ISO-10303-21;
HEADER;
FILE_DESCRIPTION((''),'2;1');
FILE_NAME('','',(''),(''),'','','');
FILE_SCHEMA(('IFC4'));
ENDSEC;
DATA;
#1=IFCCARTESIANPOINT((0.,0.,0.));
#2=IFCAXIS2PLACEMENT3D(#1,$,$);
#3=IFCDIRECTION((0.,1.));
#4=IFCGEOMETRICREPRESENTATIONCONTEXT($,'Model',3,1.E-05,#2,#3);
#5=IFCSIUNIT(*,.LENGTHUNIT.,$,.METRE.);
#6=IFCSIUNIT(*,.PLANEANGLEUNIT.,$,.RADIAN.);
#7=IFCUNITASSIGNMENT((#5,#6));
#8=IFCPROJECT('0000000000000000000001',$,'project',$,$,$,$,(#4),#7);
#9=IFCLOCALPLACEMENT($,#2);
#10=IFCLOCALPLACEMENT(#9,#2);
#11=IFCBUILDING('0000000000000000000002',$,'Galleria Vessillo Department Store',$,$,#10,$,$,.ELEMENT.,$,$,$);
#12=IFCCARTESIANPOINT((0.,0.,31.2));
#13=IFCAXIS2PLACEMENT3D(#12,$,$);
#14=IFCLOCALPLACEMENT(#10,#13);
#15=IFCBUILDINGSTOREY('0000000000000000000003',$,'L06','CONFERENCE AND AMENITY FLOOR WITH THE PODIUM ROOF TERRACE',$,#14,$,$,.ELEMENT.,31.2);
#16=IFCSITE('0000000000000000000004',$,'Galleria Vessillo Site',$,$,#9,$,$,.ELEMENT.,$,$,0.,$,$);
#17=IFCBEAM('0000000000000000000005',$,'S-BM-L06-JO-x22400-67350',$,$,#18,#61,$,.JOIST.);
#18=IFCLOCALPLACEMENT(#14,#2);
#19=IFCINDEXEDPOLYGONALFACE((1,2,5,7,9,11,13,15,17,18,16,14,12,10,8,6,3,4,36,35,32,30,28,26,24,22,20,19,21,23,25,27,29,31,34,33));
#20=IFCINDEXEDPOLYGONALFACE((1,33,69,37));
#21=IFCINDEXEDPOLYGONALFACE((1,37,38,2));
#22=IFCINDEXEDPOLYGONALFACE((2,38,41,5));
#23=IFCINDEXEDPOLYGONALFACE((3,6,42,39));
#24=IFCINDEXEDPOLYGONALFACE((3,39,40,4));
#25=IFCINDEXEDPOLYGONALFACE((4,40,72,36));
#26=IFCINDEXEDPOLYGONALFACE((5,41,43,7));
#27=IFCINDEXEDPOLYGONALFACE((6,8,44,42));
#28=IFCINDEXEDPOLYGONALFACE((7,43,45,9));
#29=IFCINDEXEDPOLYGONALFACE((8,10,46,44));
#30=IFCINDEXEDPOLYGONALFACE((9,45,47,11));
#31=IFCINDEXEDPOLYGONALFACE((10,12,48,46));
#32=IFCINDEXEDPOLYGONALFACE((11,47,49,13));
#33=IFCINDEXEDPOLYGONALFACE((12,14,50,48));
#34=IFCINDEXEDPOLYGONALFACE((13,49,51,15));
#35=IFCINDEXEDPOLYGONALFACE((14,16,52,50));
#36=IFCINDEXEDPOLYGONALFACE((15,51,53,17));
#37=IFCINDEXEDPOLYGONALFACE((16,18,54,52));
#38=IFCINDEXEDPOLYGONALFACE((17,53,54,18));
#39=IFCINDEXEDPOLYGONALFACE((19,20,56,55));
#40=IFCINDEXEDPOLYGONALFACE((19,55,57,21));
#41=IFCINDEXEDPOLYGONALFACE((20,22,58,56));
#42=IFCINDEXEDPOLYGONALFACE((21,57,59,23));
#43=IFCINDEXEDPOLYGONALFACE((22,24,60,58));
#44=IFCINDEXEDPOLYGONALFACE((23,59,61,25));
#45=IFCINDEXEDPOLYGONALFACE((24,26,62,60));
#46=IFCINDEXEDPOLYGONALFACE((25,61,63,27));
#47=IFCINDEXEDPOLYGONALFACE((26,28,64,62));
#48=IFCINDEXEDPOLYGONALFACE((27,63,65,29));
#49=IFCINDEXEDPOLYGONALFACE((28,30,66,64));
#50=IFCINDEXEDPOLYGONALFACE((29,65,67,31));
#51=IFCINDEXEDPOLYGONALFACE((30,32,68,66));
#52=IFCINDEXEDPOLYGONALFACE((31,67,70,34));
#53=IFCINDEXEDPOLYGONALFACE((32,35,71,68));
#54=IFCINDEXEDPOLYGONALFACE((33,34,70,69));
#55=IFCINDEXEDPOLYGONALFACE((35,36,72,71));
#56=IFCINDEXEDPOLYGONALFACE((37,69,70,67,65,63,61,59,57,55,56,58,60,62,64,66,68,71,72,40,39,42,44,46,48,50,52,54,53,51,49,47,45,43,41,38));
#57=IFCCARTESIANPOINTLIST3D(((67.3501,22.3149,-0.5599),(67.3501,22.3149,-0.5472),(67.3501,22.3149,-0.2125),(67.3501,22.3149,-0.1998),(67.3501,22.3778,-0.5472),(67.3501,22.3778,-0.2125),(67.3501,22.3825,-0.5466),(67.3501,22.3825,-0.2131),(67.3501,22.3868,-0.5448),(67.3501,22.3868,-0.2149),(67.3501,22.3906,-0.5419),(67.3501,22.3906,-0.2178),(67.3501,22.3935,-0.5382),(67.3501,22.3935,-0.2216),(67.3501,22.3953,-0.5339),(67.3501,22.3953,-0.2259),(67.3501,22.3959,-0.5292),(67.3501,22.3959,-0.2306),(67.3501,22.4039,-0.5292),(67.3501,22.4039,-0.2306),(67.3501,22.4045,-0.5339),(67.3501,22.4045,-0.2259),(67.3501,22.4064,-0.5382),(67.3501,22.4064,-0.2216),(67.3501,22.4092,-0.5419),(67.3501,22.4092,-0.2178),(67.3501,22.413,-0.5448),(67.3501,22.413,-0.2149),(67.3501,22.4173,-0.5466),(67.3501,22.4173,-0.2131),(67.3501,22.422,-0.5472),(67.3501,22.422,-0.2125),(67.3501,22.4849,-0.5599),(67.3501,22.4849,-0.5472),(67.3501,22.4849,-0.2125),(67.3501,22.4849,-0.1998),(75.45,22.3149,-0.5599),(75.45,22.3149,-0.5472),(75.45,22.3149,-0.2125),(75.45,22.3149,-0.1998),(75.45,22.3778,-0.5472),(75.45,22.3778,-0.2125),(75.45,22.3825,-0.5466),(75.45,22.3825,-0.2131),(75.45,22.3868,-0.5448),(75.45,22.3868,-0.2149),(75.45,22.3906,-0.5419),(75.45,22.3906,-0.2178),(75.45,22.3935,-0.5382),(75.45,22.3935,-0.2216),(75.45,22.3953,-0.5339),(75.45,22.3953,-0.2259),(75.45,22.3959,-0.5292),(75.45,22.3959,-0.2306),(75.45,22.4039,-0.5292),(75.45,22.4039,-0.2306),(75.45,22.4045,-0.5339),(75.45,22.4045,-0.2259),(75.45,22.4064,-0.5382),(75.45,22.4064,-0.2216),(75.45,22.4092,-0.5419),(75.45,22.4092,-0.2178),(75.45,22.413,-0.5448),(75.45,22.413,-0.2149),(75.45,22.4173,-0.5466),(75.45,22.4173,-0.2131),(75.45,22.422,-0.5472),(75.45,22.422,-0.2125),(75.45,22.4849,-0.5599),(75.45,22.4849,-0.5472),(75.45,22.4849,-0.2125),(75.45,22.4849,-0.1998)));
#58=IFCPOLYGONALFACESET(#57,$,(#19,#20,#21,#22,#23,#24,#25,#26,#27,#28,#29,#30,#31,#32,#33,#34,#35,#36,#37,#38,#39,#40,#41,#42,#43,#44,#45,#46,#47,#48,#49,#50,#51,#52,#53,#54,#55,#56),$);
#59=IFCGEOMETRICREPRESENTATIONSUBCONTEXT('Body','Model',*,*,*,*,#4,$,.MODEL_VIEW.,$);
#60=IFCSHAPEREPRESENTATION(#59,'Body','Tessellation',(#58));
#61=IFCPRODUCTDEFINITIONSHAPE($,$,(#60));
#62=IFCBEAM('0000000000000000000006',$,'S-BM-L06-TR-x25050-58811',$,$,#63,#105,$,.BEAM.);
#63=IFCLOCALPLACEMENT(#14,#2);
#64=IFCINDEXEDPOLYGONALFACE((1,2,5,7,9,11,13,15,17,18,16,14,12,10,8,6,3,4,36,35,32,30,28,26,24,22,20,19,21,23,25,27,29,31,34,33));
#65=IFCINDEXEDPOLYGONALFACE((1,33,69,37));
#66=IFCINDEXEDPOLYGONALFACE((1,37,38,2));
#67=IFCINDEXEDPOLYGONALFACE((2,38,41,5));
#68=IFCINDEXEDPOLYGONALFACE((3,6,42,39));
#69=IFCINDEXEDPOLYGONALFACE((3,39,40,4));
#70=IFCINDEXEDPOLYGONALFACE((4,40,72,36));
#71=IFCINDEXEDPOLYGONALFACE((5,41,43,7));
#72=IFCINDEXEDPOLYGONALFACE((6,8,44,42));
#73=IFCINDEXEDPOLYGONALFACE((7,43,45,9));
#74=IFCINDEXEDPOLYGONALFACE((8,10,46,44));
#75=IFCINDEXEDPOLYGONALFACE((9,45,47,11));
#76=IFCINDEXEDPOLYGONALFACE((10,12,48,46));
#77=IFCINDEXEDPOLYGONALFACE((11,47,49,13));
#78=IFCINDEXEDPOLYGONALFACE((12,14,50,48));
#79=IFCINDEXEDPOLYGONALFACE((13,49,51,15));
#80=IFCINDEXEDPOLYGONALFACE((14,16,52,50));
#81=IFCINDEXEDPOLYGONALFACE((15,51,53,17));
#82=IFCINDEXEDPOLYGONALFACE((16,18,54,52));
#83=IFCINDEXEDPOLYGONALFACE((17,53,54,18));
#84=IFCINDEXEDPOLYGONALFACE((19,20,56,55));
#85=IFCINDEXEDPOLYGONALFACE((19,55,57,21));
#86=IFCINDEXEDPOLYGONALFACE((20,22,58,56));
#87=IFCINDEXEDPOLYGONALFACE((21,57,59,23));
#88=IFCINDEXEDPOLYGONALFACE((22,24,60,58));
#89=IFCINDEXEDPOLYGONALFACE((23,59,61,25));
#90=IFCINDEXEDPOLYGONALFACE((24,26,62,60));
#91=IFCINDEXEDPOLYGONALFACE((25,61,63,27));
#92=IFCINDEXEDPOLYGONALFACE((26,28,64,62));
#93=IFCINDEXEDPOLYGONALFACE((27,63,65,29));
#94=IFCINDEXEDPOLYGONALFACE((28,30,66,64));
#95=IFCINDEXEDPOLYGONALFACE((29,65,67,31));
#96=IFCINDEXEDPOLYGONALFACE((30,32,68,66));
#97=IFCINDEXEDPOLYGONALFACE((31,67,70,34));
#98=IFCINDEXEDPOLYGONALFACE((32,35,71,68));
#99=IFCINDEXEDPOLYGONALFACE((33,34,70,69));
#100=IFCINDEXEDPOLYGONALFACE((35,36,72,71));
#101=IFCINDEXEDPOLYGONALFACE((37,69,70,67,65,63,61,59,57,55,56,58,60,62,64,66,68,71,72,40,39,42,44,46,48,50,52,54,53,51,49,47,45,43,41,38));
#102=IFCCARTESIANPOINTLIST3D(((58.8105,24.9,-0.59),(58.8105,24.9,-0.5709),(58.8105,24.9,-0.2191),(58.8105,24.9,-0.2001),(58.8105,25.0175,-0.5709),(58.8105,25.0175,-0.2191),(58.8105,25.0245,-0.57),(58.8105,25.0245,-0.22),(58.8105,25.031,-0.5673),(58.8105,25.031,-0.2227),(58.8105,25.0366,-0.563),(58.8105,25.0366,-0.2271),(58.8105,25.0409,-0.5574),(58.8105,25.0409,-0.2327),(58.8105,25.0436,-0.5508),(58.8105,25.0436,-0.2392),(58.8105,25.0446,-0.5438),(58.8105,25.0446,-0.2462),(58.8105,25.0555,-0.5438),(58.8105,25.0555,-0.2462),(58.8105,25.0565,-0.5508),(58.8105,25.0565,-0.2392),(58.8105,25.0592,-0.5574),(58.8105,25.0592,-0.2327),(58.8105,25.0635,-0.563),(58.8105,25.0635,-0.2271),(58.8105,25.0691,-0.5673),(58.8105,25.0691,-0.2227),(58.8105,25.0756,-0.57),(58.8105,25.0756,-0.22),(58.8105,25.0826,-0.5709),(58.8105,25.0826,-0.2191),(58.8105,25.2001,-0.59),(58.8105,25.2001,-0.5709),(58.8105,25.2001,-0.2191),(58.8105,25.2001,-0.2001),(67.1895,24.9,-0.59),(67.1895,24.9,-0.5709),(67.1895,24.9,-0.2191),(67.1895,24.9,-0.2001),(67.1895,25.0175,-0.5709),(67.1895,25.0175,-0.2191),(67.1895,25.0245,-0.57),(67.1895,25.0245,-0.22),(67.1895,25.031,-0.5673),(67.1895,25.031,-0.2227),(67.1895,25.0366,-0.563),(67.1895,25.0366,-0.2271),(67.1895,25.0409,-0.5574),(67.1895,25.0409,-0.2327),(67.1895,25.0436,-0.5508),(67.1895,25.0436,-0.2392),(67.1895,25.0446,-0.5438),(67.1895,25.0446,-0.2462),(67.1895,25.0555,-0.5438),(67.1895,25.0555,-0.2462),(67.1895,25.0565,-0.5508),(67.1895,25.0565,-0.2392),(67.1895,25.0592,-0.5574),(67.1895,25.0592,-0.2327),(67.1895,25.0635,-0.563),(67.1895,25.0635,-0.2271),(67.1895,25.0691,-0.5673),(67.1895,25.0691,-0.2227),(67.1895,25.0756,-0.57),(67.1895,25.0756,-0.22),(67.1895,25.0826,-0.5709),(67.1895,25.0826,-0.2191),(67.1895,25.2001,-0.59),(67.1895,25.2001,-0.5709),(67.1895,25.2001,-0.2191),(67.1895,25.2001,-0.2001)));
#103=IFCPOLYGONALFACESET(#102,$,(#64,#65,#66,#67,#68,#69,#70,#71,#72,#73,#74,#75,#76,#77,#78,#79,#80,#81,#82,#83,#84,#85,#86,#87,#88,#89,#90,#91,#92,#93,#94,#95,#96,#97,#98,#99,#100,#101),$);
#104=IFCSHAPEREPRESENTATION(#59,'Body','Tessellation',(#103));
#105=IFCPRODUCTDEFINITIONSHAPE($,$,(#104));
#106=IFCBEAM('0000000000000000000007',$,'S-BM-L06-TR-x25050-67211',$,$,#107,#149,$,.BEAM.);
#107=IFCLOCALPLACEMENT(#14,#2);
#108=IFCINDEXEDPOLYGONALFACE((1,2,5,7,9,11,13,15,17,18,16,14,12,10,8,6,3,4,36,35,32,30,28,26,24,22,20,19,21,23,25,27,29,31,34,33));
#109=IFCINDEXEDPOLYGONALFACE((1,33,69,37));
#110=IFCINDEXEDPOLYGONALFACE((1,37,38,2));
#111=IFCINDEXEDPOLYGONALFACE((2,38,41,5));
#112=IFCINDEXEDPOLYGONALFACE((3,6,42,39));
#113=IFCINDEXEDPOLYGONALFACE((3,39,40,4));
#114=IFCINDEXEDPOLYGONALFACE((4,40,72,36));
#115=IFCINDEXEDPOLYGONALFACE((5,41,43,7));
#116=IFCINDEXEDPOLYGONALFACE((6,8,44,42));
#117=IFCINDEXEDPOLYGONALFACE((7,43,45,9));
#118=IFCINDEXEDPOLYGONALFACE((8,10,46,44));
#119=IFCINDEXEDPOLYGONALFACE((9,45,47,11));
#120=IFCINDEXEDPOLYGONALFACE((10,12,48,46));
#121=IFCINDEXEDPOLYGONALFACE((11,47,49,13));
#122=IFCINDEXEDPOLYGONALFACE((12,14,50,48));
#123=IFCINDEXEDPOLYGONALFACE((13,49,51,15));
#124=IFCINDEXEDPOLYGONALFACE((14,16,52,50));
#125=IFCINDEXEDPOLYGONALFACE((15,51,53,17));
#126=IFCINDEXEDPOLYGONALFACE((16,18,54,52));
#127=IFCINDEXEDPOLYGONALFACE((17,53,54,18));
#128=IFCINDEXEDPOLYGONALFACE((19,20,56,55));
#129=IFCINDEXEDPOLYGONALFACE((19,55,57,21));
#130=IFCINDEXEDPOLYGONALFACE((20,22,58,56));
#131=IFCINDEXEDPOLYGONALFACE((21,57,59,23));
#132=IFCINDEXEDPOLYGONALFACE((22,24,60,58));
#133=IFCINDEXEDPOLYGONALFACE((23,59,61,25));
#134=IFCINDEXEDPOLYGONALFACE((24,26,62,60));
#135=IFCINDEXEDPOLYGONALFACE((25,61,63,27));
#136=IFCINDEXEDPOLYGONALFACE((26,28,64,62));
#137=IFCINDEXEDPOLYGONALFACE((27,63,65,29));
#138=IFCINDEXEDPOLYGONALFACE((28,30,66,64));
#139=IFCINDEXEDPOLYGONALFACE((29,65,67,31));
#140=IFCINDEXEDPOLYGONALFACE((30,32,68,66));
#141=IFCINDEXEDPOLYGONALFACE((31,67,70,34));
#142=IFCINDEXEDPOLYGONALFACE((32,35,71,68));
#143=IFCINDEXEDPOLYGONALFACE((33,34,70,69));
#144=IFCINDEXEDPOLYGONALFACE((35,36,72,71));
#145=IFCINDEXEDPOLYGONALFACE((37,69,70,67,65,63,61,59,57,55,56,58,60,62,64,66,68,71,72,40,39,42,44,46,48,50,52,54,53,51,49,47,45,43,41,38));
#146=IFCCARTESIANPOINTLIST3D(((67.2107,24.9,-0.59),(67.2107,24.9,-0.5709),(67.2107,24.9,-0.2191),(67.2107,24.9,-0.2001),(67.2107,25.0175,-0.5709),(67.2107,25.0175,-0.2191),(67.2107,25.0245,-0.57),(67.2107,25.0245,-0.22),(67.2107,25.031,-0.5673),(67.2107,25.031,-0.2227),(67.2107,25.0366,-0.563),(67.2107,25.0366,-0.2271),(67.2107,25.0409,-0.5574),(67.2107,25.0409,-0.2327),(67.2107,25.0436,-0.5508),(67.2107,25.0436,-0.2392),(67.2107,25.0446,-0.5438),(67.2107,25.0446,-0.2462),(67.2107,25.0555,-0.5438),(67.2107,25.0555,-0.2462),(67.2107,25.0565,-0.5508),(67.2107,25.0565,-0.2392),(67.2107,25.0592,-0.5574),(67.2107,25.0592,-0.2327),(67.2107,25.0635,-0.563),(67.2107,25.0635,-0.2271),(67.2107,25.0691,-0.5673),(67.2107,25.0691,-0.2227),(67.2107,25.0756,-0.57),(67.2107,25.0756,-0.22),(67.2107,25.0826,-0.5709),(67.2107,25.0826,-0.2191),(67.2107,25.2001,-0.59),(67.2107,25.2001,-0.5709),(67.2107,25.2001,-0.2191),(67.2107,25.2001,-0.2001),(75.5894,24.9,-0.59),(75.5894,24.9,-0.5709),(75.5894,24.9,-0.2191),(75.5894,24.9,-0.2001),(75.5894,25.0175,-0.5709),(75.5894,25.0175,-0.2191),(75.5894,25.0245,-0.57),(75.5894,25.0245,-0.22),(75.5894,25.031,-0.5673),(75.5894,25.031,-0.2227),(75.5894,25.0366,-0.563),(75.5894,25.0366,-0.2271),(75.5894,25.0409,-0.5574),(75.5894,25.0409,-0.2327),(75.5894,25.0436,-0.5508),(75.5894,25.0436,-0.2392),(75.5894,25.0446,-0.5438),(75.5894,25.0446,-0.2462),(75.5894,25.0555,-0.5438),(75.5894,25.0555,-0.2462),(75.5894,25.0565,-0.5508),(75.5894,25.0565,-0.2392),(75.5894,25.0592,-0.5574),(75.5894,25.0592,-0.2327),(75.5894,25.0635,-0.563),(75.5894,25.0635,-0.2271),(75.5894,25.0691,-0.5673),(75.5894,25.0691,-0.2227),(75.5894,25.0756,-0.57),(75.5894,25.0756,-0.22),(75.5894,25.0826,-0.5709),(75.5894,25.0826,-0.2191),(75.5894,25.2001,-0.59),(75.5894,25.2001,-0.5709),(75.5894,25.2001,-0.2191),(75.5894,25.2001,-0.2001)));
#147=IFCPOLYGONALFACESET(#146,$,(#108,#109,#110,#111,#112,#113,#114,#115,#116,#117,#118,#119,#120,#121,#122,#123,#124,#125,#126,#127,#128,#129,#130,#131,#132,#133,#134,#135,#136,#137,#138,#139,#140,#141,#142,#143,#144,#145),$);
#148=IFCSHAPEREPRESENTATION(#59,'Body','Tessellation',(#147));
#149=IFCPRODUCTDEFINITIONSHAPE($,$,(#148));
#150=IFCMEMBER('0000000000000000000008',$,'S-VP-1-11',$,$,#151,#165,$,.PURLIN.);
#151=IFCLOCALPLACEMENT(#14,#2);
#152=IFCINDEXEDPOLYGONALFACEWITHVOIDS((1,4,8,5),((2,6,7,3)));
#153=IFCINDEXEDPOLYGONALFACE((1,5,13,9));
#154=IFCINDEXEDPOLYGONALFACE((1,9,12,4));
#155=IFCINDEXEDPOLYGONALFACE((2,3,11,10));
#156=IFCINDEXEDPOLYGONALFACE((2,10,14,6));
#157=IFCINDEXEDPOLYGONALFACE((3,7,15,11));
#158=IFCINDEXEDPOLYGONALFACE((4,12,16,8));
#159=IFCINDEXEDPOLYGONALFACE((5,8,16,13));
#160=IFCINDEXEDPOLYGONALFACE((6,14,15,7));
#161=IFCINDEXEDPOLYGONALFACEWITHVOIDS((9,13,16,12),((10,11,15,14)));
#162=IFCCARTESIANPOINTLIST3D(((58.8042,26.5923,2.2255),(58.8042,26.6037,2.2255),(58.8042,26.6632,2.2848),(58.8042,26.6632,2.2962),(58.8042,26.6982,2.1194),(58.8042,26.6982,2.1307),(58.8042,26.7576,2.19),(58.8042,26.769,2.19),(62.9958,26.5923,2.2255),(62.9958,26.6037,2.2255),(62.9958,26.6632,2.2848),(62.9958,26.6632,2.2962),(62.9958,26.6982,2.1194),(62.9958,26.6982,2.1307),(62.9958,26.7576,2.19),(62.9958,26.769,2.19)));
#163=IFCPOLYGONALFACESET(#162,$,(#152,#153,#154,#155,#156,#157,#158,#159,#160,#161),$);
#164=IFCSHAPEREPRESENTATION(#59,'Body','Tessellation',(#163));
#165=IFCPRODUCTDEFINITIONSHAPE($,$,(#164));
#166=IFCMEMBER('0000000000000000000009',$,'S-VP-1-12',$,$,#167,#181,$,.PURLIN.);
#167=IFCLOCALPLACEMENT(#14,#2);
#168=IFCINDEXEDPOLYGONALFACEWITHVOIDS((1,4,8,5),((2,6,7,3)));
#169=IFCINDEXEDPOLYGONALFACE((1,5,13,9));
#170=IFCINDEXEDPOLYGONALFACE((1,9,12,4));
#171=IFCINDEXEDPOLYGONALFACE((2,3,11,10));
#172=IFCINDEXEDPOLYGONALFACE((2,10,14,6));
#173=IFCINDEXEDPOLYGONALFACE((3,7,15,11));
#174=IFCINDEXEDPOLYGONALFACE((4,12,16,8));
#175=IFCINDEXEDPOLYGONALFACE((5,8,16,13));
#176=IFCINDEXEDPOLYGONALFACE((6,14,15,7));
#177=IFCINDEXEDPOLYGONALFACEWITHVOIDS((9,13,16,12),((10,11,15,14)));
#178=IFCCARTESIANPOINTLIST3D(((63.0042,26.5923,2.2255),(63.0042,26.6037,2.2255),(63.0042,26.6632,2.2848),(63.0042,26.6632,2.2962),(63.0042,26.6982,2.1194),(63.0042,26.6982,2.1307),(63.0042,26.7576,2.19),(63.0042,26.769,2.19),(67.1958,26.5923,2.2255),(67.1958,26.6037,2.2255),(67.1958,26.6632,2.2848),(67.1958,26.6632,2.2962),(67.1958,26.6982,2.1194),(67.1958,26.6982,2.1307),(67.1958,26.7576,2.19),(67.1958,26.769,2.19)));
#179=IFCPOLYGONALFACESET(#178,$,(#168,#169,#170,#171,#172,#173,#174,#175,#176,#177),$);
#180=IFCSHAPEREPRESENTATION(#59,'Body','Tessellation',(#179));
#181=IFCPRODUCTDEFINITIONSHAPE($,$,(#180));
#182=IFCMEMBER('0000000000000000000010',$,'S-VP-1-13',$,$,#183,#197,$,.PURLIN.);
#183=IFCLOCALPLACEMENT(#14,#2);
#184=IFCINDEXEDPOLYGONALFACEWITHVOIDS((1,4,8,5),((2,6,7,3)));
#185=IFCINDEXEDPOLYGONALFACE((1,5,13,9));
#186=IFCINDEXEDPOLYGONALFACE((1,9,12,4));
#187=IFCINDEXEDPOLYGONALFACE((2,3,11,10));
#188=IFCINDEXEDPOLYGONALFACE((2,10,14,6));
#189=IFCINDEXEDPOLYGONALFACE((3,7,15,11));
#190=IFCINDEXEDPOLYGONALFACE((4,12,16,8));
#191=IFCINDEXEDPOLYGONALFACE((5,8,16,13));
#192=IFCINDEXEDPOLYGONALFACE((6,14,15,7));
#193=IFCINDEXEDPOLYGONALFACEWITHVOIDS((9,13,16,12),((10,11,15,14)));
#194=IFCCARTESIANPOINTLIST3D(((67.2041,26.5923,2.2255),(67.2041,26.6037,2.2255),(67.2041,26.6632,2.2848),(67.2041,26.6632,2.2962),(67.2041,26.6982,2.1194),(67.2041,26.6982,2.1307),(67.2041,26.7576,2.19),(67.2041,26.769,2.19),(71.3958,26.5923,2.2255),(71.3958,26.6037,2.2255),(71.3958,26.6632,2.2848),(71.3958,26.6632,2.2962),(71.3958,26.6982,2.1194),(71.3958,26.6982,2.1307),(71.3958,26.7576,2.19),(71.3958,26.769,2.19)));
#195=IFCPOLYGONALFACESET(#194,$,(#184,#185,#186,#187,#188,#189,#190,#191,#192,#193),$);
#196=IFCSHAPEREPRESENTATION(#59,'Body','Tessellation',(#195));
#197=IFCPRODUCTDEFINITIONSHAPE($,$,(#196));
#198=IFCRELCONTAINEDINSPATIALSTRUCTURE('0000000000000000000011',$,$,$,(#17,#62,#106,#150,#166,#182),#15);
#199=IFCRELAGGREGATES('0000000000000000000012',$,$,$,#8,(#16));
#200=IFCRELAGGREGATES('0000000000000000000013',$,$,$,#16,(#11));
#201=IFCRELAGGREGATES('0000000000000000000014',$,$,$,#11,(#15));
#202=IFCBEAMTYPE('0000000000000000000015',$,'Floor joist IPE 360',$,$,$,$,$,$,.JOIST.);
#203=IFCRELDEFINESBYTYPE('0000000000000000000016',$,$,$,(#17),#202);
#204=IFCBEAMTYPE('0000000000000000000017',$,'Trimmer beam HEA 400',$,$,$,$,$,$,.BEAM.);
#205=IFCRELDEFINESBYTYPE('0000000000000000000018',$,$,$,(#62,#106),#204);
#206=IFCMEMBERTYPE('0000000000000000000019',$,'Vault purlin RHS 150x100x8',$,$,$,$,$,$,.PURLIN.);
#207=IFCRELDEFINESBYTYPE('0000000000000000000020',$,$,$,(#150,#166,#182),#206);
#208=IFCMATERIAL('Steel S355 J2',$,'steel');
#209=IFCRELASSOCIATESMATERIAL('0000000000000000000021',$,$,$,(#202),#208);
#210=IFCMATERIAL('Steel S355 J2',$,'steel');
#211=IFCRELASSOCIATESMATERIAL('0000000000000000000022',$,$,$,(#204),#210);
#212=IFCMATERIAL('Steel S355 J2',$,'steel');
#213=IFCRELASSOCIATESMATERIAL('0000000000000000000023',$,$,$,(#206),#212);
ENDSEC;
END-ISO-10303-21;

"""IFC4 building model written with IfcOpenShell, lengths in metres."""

from ifc_helpers import new_model, si_unit, direction, frame, origin, origin_2d, place, context, subcontext, project, spatial, hollow_rectangle, i_section, extrude, material, material_profile, profile_set, type_object, element, save


model = new_model("IFC4")

# Units and contexts
model_context = context("Model", 3, precision=1e-05, world=origin(), true_north=direction((0.0, 1.0)))
body_context = subcontext(model_context, "Body", "Model", "MODEL_VIEW")
ifc_project = project(units=[si_unit("LENGTHUNIT", "METRE"), si_unit("PLANEANGLEUNIT", "RADIAN")], contexts=[model_context])

# Site, building, storey
site_placement = place(None, origin())
site = spatial("IfcSite", under=ifc_project, at=site_placement, Name="Galleria Vessillo Site", CompositionType="ELEMENT", RefElevation=0.0)
building_placement = place(site_placement, origin())
building = spatial("IfcBuilding", under=site, at=building_placement, Name="Galleria Vessillo Department Store", CompositionType="ELEMENT")
storey_placement = place(building_placement, frame((0.0, 0.0, 31.2)))
storey = spatial("IfcBuildingStorey", under=building, at=storey_placement, Name="L06", Description="CONFERENCE AND AMENITY FLOOR WITH THE PODIUM ROOF TERRACE", CompositionType="ELEMENT", Elevation=31.2)

# Beams
ifc_material_1 = material(Name="Steel S355 J2", Category="steel")
ifc_material_profile_1 = material_profile(ifc_material_1, i_section(OverallWidth=0.1699, OverallDepth=0.3601, WebThickness=0.0081, FlangeThickness=0.0127, FilletRadius=0.0181, at=origin_2d()), Name="IPE 360")
ifc_profile_set_1 = profile_set([ifc_material_profile_1], Name="Steel S355 J2")
beam_type_1 = type_object("IfcBeamType", Name="Floor joist IPE 360", PredefinedType="JOIST", material=ifc_profile_set_1)
beam_1_placement = place(storey_placement, frame((67.3501, 22.3999, -0.3799), z_axis=(1.0, 0.0, 0.0), x_axis=(0.0, 1.0, 0.0)))
element("IfcBeam", 1, at=beam_1_placement, inside=storey, type_object=beam_type_1, Name="S-BM-L06-JO-x22400-67350", PredefinedType="JOIST", context=body_context, shape_type="SweptSolid", body=[
    extrude(i_section(OverallWidth=0.1699, OverallDepth=0.3601, WebThickness=0.0081, FlangeThickness=0.0127, FilletRadius=0.0181, at=origin_2d()), origin(), (0.0, 0.0, 1.0), 8.0999),
])
ifc_material_2 = material(Name="Steel S355 J2", Category="steel")
ifc_material_profile_2 = material_profile(ifc_material_2, i_section(OverallWidth=0.3, OverallDepth=0.3899, WebThickness=0.011, FlangeThickness=0.019, FilletRadius=0.0271, at=origin_2d()), Name="HEA 400")
ifc_profile_set_2 = profile_set([ifc_material_profile_2], Name="Steel S355 J2")
beam_type_2 = type_object("IfcBeamType", Name="Trimmer beam HEA 400", PredefinedType="BEAM", material=ifc_profile_set_2)
beam_2_placement = place(storey_placement, frame((58.8105, 25.05, -0.395), z_axis=(1.0, 0.0, 0.0), x_axis=(0.0, 1.0, 0.0)))
element("IfcBeam", 2, at=beam_2_placement, inside=storey, type_object=beam_type_2, Name="S-BM-L06-TR-x25050-58811", PredefinedType="BEAM", context=body_context, shape_type="SweptSolid", body=[
    extrude(i_section(OverallWidth=0.3, OverallDepth=0.3899, WebThickness=0.011, FlangeThickness=0.019, FilletRadius=0.0271, at=origin_2d()), origin(), (0.0, 0.0, 1.0), 8.3789),
])
beam_3_placement = place(storey_placement, frame((67.2107, 25.05, -0.395), z_axis=(1.0, 0.0, 0.0), x_axis=(0.0, 1.0, 0.0)))
element("IfcBeam", 3, at=beam_3_placement, inside=storey, type_object=beam_type_2, Name="S-BM-L06-TR-x25050-67211", PredefinedType="BEAM", context=body_context, shape_type="SweptSolid", body=[
    extrude(i_section(OverallWidth=0.3, OverallDepth=0.3899, WebThickness=0.011, FlangeThickness=0.019, FilletRadius=0.0271, at=origin_2d()), origin(), (0.0, 0.0, 1.0), 8.3787),
])

# Members
ifc_material_3 = material(Name="Steel S355 J2", Category="steel")
ifc_material_profile_3 = material_profile(ifc_material_3, hollow_rectangle(XDim=0.1001, YDim=0.1499, WallThickness=0.0081, at=origin_2d()), Name="RHS 150x100x8")
ifc_profile_set_3 = profile_set([ifc_material_profile_3], Name="Steel S355 J2")
member_type_1 = type_object("IfcMemberType", Name="Vault purlin RHS 150x100x8", PredefinedType="PURLIN", material=ifc_profile_set_3)
for number, where, z_axis, x_axis, name in (
    (4, (58.8042, 26.6807, 2.2078), (1.0, 0.0, 0.0), (0.0, 0.708077, 0.706135), "S-VP-1-11"),
    (5, (63.0042, 26.6807, 2.2078), (1.0, 0.0, 0.0), (0.0, 0.708077, 0.706135), "S-VP-1-12"),
    (6, (67.2041, 26.6807, 2.2078), (1.0, 0.0, 0.0), (0.0, 0.708077, 0.706135), "S-VP-1-13"),
):
    element("IfcMember", number, at=place(storey_placement, frame(where, z_axis=z_axis, x_axis=x_axis)), inside=storey, type_object=member_type_1, Name=name, PredefinedType="PURLIN", context=body_context, shape_type="SweptSolid", body=[
        extrude(hollow_rectangle(XDim=0.1001, YDim=0.1499, WallThickness=0.0081, at=origin_2d()), origin(), (0.0, 0.0, 1.0), 4.1917),
    ])

save(model, "model.ifc")
